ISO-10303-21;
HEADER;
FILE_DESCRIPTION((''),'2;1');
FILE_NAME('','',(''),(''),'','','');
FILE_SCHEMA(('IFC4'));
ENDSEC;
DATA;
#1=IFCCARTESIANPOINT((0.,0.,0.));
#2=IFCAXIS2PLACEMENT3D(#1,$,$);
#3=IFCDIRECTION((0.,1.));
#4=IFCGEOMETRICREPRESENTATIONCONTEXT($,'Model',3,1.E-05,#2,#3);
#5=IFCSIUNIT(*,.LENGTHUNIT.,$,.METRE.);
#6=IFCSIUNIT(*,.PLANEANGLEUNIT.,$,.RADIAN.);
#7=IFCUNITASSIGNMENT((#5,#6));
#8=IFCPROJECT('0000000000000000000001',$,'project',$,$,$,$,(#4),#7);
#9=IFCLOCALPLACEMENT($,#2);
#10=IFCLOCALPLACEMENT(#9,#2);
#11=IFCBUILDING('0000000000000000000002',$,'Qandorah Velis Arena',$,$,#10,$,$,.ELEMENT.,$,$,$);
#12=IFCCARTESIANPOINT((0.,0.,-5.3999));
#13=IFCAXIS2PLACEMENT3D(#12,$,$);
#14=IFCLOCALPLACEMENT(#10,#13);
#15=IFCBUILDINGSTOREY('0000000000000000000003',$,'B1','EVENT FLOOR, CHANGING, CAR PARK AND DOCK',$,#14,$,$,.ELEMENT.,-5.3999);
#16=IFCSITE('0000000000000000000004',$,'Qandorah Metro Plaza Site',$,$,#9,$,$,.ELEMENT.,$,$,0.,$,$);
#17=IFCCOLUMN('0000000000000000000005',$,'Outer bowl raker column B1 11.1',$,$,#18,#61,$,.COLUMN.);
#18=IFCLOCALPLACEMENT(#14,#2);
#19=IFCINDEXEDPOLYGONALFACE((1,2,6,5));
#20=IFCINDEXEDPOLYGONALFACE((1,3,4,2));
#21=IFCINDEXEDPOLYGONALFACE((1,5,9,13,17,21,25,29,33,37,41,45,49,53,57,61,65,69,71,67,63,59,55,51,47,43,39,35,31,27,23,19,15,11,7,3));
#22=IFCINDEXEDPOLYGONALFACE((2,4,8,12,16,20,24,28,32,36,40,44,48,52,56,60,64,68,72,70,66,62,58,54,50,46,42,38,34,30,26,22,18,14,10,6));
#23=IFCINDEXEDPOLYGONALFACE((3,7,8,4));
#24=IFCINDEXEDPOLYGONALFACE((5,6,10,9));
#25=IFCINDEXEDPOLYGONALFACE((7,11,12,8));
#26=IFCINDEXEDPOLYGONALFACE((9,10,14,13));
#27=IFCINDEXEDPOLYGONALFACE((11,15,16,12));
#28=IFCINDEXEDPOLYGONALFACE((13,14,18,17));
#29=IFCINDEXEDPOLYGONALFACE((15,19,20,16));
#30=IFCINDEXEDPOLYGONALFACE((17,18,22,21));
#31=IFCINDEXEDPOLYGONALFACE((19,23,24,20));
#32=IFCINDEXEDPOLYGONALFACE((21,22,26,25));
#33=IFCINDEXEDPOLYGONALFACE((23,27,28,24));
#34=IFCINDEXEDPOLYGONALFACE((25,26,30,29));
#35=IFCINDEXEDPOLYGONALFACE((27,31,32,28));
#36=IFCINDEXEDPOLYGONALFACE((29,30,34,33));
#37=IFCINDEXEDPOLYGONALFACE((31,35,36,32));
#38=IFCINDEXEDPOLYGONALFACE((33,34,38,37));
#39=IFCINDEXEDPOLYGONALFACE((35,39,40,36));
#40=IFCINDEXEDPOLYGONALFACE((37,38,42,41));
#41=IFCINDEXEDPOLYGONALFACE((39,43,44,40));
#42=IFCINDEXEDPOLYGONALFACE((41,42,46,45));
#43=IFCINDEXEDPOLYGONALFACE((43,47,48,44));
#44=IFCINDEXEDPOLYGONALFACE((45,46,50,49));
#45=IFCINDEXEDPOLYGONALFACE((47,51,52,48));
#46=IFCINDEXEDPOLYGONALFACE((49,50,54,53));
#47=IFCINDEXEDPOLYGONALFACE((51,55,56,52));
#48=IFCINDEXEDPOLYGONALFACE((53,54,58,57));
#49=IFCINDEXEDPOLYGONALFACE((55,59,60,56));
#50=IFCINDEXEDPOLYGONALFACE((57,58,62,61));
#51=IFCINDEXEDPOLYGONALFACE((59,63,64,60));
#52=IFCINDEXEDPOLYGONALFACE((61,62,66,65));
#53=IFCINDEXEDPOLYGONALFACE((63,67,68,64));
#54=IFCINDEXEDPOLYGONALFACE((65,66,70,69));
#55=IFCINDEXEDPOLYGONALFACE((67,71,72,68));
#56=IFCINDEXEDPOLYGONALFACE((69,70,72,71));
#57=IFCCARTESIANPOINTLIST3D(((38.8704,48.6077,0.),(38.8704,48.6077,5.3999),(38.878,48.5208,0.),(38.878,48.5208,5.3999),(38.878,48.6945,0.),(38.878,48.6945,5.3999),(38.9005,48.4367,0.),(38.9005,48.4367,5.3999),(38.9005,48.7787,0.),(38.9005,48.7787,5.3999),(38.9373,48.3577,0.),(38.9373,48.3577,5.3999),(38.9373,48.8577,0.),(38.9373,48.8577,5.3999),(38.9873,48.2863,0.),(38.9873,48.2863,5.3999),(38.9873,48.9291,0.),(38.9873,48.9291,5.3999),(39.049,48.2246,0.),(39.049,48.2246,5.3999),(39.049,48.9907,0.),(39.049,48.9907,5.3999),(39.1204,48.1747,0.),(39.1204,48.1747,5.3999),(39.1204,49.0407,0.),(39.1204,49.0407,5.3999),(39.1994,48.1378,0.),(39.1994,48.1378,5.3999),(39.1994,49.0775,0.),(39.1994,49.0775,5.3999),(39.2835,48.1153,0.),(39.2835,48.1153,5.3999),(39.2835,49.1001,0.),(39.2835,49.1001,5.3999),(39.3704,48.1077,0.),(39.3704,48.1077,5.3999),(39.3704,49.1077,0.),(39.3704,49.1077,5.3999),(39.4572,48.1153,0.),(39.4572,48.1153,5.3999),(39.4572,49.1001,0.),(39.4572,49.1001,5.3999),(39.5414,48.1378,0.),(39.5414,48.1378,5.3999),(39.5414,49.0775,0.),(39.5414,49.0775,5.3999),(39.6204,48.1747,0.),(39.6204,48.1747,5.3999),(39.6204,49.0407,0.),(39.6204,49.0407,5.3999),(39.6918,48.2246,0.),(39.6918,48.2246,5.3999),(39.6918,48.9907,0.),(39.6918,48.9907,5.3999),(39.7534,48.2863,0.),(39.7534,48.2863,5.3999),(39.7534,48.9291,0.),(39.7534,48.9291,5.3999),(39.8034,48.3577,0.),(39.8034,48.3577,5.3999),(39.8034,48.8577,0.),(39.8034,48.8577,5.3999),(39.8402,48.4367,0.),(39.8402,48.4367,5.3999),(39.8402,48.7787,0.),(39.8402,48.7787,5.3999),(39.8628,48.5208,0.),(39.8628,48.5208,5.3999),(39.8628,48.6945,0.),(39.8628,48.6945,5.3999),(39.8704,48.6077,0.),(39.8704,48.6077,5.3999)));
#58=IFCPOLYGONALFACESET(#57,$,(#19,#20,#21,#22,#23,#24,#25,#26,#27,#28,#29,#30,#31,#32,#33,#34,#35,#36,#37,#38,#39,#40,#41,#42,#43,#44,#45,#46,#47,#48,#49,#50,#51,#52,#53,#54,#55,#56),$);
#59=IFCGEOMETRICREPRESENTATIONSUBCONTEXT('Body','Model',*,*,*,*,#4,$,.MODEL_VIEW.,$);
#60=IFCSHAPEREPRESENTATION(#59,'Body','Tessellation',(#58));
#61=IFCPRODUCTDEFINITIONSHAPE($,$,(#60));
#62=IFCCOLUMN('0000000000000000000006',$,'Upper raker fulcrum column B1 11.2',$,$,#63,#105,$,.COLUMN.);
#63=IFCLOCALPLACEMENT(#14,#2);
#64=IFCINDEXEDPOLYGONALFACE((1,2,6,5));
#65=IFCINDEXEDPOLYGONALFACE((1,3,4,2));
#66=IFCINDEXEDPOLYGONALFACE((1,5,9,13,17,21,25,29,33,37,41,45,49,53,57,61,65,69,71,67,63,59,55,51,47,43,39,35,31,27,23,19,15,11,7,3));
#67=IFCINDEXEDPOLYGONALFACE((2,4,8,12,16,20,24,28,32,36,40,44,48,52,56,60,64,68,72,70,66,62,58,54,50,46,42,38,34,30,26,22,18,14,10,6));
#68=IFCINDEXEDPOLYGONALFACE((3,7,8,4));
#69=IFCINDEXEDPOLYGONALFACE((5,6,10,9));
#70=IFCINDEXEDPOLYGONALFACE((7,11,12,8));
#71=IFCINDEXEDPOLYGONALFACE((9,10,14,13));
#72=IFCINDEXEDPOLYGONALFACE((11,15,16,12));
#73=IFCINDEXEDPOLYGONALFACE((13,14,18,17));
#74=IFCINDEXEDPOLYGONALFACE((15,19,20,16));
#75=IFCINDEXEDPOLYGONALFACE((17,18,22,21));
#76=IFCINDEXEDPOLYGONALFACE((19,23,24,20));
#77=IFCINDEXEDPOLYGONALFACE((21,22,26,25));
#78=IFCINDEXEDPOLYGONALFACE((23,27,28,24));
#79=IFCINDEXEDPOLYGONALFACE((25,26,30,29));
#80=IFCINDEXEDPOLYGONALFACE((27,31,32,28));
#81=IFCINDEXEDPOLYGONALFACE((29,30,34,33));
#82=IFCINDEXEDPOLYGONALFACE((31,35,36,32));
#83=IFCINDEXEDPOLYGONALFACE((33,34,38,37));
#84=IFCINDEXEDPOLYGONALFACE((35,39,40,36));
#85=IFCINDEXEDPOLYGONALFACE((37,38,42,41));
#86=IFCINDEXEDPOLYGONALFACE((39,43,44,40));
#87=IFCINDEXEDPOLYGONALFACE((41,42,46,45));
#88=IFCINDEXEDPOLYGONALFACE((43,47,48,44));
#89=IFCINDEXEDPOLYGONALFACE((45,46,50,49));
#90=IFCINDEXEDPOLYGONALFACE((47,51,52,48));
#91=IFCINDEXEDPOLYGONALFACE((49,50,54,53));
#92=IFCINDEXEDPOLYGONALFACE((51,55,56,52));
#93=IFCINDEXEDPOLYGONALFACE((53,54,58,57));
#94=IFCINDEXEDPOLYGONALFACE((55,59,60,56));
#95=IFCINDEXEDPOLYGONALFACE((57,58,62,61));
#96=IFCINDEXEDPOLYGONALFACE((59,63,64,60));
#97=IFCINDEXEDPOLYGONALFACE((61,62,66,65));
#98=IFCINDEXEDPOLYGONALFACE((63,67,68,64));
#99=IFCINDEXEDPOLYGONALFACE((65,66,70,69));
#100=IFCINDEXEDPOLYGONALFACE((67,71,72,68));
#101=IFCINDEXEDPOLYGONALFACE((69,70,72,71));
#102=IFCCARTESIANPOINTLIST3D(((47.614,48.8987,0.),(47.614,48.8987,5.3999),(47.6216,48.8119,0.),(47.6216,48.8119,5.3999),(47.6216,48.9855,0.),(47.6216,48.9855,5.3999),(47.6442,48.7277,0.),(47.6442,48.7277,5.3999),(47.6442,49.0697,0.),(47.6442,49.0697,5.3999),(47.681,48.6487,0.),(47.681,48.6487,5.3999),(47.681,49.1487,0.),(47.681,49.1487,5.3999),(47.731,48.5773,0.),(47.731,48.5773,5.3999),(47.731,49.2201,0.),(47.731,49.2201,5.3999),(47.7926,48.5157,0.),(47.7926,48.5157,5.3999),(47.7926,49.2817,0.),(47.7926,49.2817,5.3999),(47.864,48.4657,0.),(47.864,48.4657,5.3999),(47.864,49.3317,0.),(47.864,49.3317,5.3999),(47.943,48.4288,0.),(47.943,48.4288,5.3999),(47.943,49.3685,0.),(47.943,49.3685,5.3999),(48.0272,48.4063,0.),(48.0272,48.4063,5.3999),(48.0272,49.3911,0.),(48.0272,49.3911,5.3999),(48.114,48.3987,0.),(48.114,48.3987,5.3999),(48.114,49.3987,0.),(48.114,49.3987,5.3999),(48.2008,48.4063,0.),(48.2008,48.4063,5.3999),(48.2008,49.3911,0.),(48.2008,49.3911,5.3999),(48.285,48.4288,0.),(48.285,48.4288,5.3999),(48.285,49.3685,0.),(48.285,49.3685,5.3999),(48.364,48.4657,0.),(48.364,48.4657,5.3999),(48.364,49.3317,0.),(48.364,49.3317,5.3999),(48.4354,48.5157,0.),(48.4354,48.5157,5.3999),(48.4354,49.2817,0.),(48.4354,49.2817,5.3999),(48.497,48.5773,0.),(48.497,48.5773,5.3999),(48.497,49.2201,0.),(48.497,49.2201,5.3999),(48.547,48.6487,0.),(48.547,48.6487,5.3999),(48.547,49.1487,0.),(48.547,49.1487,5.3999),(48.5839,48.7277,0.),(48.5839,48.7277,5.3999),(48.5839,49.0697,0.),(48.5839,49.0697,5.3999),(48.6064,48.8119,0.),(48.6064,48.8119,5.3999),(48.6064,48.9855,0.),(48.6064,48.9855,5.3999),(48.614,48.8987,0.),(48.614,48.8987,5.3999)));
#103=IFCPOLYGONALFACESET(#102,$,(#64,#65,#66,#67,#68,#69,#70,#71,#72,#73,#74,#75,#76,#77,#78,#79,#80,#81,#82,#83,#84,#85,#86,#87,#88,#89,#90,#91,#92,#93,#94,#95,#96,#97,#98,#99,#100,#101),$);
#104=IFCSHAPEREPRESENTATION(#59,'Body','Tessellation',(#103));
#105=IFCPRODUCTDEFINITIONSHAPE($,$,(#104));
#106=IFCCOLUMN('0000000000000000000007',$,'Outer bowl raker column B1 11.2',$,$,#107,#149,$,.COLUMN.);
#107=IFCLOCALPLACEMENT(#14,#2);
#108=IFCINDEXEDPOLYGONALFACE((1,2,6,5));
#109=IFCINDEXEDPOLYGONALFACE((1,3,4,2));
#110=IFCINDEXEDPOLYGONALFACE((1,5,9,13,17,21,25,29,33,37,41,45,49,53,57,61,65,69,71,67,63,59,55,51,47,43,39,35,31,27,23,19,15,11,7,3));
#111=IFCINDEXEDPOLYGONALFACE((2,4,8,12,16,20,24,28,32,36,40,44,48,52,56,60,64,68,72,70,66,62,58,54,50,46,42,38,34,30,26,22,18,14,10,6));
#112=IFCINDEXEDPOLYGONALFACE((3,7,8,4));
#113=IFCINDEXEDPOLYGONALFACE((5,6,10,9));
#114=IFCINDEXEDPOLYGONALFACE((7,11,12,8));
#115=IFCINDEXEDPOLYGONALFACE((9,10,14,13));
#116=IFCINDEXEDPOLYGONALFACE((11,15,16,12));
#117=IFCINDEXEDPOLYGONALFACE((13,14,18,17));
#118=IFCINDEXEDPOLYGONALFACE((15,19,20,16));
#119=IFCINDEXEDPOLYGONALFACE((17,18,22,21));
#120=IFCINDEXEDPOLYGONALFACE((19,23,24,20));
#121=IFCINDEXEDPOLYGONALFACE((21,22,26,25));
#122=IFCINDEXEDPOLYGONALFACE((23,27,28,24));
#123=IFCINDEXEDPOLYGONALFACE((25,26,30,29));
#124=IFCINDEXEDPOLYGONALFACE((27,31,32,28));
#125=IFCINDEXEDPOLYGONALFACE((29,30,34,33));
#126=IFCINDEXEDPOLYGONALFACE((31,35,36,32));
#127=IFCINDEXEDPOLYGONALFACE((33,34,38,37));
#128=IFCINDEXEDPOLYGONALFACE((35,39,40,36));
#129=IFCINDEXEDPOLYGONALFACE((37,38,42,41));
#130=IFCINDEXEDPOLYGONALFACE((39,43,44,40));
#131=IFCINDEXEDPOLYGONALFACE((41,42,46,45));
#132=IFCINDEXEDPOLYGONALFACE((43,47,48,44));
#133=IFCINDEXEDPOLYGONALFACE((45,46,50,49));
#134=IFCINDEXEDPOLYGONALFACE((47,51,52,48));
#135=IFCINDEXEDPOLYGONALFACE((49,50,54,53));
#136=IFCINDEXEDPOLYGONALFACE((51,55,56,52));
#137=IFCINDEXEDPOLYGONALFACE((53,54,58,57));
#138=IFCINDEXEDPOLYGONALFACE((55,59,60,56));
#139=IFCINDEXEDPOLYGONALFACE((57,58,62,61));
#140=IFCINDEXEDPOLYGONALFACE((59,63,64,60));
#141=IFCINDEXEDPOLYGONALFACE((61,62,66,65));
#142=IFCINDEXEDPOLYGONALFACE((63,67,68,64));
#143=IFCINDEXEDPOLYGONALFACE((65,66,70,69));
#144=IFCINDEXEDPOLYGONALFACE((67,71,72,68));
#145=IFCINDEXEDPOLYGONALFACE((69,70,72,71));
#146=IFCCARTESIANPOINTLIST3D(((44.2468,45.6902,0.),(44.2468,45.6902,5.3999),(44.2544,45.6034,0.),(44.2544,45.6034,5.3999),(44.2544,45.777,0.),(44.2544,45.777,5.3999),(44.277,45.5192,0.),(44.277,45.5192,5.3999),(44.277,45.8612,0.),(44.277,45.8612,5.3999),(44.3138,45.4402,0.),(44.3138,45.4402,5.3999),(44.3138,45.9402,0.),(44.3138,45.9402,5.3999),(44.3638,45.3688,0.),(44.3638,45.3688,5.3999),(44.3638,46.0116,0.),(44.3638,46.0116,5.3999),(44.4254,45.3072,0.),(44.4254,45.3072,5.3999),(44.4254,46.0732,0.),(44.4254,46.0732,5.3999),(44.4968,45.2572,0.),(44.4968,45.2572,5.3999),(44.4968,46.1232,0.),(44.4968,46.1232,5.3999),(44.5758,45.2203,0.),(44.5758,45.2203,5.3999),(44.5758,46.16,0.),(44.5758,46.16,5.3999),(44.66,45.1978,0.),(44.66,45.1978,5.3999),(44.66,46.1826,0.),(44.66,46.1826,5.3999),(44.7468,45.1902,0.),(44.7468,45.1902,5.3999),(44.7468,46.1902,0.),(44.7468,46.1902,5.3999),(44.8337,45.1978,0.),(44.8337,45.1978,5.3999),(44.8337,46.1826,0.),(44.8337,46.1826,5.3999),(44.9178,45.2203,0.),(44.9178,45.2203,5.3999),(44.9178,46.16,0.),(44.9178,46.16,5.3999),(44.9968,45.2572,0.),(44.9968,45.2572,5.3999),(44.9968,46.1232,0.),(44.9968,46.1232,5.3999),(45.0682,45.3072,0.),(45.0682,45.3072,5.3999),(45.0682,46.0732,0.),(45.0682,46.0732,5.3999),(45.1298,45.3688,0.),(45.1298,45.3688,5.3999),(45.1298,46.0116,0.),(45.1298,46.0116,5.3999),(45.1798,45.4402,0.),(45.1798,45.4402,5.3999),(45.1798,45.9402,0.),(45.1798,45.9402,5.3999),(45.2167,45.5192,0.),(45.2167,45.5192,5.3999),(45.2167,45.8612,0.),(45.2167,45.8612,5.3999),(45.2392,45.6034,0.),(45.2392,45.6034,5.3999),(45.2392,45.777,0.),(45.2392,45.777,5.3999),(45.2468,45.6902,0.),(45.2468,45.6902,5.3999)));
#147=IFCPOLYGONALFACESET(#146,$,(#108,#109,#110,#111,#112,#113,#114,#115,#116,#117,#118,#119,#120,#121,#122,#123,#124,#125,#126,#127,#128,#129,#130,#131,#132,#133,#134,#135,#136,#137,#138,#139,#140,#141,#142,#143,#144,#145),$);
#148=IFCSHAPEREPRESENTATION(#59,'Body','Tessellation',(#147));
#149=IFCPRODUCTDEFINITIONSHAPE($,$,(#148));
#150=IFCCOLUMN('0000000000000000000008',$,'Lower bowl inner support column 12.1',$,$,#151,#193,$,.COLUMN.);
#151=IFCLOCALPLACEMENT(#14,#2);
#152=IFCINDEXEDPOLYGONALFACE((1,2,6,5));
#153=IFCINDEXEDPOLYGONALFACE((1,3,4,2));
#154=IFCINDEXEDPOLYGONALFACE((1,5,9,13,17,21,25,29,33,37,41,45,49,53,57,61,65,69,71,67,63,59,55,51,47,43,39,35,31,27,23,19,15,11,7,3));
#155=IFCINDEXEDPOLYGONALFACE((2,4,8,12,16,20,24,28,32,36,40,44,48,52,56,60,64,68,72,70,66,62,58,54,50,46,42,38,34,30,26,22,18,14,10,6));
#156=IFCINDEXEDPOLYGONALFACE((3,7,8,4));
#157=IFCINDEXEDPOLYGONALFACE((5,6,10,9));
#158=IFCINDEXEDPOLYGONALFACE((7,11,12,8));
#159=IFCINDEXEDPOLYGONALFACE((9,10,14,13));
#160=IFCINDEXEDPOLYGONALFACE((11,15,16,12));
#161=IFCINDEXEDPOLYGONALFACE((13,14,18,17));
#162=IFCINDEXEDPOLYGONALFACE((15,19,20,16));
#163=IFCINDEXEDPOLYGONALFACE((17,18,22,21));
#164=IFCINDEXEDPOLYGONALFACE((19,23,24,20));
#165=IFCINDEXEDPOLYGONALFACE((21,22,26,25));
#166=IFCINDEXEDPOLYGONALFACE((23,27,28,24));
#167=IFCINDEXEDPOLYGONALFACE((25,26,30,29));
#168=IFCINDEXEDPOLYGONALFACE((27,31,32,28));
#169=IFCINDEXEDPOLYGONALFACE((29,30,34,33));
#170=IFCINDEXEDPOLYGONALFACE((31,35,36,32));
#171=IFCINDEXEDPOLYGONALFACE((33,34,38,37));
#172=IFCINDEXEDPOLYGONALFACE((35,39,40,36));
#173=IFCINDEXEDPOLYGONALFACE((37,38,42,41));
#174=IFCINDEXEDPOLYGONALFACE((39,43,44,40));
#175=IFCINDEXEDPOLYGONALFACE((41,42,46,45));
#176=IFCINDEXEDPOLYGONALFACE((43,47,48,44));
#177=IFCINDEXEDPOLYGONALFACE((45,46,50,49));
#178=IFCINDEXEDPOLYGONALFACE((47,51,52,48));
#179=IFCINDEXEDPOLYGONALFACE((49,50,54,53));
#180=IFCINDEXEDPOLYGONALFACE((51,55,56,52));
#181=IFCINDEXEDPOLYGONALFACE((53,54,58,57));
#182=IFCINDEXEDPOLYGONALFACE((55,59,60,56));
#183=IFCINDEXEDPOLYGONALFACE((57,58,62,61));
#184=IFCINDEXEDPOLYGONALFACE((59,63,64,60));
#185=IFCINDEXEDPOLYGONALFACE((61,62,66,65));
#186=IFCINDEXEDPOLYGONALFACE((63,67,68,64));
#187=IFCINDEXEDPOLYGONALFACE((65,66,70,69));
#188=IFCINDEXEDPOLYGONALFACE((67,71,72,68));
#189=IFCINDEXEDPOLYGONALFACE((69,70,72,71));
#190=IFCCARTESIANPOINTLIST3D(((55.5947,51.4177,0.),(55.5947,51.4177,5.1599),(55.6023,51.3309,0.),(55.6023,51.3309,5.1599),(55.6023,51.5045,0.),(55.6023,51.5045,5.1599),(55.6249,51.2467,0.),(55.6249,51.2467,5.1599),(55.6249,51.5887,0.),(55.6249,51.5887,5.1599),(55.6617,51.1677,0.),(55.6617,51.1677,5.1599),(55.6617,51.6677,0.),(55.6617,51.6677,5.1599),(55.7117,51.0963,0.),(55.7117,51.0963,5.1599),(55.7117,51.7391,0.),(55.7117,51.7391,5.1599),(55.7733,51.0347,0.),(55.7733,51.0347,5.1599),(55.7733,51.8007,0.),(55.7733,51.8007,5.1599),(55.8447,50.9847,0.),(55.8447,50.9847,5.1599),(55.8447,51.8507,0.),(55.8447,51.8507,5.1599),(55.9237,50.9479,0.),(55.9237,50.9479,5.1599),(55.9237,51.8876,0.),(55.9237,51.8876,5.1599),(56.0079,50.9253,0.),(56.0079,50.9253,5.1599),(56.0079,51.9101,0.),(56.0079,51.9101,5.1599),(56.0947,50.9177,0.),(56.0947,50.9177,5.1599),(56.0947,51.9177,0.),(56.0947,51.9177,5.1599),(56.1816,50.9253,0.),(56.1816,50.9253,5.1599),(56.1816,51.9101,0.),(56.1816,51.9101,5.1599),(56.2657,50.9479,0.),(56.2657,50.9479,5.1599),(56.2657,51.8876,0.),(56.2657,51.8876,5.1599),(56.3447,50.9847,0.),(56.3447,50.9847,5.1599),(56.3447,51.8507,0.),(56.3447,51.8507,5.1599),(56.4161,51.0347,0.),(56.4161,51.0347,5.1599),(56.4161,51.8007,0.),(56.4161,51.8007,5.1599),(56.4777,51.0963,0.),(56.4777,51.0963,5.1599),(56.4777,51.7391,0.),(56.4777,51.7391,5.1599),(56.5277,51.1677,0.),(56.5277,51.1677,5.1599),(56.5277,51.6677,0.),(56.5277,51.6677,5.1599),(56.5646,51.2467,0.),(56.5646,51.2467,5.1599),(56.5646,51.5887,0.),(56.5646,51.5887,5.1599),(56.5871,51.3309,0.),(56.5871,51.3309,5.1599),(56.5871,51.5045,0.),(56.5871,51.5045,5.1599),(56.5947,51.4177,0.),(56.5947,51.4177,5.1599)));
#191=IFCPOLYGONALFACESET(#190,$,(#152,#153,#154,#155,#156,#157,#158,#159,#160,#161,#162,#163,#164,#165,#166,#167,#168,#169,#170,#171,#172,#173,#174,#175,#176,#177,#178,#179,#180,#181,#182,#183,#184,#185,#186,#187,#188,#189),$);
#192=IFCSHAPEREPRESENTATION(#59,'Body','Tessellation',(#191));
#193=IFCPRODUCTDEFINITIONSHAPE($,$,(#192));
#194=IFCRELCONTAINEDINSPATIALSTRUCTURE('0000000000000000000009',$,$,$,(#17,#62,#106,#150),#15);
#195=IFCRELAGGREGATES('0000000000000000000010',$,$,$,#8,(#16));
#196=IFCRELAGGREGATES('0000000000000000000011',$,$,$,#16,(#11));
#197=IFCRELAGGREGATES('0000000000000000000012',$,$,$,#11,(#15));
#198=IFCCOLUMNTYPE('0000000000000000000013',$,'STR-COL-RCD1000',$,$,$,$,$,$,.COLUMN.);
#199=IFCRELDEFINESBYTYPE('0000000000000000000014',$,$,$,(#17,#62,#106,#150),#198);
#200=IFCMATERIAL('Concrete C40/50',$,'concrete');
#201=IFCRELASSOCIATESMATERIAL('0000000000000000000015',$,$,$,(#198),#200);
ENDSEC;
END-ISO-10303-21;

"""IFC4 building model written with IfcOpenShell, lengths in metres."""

from ifc_helpers import new_model, si_unit, direction, frame, origin, origin_2d, place, context, subcontext, project, spatial, circle, extrude, material, material_profile, profile_set, type_object, element, save


model = new_model("IFC4")

# Units and contexts
model_context = context("Model", 3, precision=1e-05, world=origin(), true_north=direction((0.0, 1.0)))
body_context = subcontext(model_context, "Body", "Model", "MODEL_VIEW")
ifc_project = project(units=[si_unit("LENGTHUNIT", "METRE"), si_unit("PLANEANGLEUNIT", "RADIAN")], contexts=[model_context])

# Site, building, storey
site_placement = place(None, origin())
site = spatial("IfcSite", under=ifc_project, at=site_placement, Name="Qandorah Metro Plaza Site", CompositionType="ELEMENT", RefElevation=0.0)
building_placement = place(site_placement, origin())
building = spatial("IfcBuilding", under=site, at=building_placement, Name="Qandorah Velis Arena", CompositionType="ELEMENT")
storey_placement = place(building_placement, frame((0.0, 0.0, -5.3999)))
storey = spatial("IfcBuildingStorey", under=building, at=storey_placement, Name="B1", Description="EVENT FLOOR, CHANGING, CAR PARK AND DOCK", CompositionType="ELEMENT", Elevation=-5.3999)

# Shared definitions
ifc_material_1 = material(Name="Concrete C40/50", Category="concrete")

# Columns
ifc_material_profile_1 = material_profile(ifc_material_1, circle(Radius=0.5, at=origin_2d()), Name="RC D1000")
ifc_profile_set_1 = profile_set([ifc_material_profile_1], Name="Concrete C40/50")
column_type_1 = type_object("IfcColumnType", Name="STR-COL-RCD1000", PredefinedType="COLUMN", material=ifc_profile_set_1)
for number, where, z_axis, x_axis, name in (
    (1, (39.3704, 48.6077, 0.0), (0.0, 0.0, 1.0), (1.0, 0.0, 0.0), "Outer bowl raker column B1 11.1"),
    (2, (48.114, 48.8987, 0.0), (0.0, 0.0, 1.0), (1.0, 0.0, 0.0), "Upper raker fulcrum column B1 11.2"),
    (3, (44.7468, 45.6902, 0.0), (0.0, 0.0, 1.0), (1.0, 0.0, 0.0), "Outer bowl raker column B1 11.2"),
):
    element("IfcColumn", number, at=place(storey_placement, frame(where, z_axis=z_axis, x_axis=x_axis)), inside=storey, type_object=column_type_1, Name=name, PredefinedType="COLUMN", context=body_context, shape_type="SweptSolid", body=[
        extrude(circle(Radius=0.5, at=origin_2d()), origin(), (0.0, 0.0, 1.0), 5.3999),
    ])
column_1_placement = place(storey_placement, frame((56.0947, 51.4177, 0.0), z_axis=(0.0, 0.0, 1.0), x_axis=(1.0, 0.0, 0.0)))
element("IfcColumn", 4, at=column_1_placement, inside=storey, type_object=column_type_1, Name="Lower bowl inner support column 12.1", PredefinedType="COLUMN", context=body_context, shape_type="SweptSolid", body=[
    extrude(circle(Radius=0.5, at=origin_2d()), origin(), (0.0, 0.0, 1.0), 5.1599),
])

save(model, "model.ifc")
